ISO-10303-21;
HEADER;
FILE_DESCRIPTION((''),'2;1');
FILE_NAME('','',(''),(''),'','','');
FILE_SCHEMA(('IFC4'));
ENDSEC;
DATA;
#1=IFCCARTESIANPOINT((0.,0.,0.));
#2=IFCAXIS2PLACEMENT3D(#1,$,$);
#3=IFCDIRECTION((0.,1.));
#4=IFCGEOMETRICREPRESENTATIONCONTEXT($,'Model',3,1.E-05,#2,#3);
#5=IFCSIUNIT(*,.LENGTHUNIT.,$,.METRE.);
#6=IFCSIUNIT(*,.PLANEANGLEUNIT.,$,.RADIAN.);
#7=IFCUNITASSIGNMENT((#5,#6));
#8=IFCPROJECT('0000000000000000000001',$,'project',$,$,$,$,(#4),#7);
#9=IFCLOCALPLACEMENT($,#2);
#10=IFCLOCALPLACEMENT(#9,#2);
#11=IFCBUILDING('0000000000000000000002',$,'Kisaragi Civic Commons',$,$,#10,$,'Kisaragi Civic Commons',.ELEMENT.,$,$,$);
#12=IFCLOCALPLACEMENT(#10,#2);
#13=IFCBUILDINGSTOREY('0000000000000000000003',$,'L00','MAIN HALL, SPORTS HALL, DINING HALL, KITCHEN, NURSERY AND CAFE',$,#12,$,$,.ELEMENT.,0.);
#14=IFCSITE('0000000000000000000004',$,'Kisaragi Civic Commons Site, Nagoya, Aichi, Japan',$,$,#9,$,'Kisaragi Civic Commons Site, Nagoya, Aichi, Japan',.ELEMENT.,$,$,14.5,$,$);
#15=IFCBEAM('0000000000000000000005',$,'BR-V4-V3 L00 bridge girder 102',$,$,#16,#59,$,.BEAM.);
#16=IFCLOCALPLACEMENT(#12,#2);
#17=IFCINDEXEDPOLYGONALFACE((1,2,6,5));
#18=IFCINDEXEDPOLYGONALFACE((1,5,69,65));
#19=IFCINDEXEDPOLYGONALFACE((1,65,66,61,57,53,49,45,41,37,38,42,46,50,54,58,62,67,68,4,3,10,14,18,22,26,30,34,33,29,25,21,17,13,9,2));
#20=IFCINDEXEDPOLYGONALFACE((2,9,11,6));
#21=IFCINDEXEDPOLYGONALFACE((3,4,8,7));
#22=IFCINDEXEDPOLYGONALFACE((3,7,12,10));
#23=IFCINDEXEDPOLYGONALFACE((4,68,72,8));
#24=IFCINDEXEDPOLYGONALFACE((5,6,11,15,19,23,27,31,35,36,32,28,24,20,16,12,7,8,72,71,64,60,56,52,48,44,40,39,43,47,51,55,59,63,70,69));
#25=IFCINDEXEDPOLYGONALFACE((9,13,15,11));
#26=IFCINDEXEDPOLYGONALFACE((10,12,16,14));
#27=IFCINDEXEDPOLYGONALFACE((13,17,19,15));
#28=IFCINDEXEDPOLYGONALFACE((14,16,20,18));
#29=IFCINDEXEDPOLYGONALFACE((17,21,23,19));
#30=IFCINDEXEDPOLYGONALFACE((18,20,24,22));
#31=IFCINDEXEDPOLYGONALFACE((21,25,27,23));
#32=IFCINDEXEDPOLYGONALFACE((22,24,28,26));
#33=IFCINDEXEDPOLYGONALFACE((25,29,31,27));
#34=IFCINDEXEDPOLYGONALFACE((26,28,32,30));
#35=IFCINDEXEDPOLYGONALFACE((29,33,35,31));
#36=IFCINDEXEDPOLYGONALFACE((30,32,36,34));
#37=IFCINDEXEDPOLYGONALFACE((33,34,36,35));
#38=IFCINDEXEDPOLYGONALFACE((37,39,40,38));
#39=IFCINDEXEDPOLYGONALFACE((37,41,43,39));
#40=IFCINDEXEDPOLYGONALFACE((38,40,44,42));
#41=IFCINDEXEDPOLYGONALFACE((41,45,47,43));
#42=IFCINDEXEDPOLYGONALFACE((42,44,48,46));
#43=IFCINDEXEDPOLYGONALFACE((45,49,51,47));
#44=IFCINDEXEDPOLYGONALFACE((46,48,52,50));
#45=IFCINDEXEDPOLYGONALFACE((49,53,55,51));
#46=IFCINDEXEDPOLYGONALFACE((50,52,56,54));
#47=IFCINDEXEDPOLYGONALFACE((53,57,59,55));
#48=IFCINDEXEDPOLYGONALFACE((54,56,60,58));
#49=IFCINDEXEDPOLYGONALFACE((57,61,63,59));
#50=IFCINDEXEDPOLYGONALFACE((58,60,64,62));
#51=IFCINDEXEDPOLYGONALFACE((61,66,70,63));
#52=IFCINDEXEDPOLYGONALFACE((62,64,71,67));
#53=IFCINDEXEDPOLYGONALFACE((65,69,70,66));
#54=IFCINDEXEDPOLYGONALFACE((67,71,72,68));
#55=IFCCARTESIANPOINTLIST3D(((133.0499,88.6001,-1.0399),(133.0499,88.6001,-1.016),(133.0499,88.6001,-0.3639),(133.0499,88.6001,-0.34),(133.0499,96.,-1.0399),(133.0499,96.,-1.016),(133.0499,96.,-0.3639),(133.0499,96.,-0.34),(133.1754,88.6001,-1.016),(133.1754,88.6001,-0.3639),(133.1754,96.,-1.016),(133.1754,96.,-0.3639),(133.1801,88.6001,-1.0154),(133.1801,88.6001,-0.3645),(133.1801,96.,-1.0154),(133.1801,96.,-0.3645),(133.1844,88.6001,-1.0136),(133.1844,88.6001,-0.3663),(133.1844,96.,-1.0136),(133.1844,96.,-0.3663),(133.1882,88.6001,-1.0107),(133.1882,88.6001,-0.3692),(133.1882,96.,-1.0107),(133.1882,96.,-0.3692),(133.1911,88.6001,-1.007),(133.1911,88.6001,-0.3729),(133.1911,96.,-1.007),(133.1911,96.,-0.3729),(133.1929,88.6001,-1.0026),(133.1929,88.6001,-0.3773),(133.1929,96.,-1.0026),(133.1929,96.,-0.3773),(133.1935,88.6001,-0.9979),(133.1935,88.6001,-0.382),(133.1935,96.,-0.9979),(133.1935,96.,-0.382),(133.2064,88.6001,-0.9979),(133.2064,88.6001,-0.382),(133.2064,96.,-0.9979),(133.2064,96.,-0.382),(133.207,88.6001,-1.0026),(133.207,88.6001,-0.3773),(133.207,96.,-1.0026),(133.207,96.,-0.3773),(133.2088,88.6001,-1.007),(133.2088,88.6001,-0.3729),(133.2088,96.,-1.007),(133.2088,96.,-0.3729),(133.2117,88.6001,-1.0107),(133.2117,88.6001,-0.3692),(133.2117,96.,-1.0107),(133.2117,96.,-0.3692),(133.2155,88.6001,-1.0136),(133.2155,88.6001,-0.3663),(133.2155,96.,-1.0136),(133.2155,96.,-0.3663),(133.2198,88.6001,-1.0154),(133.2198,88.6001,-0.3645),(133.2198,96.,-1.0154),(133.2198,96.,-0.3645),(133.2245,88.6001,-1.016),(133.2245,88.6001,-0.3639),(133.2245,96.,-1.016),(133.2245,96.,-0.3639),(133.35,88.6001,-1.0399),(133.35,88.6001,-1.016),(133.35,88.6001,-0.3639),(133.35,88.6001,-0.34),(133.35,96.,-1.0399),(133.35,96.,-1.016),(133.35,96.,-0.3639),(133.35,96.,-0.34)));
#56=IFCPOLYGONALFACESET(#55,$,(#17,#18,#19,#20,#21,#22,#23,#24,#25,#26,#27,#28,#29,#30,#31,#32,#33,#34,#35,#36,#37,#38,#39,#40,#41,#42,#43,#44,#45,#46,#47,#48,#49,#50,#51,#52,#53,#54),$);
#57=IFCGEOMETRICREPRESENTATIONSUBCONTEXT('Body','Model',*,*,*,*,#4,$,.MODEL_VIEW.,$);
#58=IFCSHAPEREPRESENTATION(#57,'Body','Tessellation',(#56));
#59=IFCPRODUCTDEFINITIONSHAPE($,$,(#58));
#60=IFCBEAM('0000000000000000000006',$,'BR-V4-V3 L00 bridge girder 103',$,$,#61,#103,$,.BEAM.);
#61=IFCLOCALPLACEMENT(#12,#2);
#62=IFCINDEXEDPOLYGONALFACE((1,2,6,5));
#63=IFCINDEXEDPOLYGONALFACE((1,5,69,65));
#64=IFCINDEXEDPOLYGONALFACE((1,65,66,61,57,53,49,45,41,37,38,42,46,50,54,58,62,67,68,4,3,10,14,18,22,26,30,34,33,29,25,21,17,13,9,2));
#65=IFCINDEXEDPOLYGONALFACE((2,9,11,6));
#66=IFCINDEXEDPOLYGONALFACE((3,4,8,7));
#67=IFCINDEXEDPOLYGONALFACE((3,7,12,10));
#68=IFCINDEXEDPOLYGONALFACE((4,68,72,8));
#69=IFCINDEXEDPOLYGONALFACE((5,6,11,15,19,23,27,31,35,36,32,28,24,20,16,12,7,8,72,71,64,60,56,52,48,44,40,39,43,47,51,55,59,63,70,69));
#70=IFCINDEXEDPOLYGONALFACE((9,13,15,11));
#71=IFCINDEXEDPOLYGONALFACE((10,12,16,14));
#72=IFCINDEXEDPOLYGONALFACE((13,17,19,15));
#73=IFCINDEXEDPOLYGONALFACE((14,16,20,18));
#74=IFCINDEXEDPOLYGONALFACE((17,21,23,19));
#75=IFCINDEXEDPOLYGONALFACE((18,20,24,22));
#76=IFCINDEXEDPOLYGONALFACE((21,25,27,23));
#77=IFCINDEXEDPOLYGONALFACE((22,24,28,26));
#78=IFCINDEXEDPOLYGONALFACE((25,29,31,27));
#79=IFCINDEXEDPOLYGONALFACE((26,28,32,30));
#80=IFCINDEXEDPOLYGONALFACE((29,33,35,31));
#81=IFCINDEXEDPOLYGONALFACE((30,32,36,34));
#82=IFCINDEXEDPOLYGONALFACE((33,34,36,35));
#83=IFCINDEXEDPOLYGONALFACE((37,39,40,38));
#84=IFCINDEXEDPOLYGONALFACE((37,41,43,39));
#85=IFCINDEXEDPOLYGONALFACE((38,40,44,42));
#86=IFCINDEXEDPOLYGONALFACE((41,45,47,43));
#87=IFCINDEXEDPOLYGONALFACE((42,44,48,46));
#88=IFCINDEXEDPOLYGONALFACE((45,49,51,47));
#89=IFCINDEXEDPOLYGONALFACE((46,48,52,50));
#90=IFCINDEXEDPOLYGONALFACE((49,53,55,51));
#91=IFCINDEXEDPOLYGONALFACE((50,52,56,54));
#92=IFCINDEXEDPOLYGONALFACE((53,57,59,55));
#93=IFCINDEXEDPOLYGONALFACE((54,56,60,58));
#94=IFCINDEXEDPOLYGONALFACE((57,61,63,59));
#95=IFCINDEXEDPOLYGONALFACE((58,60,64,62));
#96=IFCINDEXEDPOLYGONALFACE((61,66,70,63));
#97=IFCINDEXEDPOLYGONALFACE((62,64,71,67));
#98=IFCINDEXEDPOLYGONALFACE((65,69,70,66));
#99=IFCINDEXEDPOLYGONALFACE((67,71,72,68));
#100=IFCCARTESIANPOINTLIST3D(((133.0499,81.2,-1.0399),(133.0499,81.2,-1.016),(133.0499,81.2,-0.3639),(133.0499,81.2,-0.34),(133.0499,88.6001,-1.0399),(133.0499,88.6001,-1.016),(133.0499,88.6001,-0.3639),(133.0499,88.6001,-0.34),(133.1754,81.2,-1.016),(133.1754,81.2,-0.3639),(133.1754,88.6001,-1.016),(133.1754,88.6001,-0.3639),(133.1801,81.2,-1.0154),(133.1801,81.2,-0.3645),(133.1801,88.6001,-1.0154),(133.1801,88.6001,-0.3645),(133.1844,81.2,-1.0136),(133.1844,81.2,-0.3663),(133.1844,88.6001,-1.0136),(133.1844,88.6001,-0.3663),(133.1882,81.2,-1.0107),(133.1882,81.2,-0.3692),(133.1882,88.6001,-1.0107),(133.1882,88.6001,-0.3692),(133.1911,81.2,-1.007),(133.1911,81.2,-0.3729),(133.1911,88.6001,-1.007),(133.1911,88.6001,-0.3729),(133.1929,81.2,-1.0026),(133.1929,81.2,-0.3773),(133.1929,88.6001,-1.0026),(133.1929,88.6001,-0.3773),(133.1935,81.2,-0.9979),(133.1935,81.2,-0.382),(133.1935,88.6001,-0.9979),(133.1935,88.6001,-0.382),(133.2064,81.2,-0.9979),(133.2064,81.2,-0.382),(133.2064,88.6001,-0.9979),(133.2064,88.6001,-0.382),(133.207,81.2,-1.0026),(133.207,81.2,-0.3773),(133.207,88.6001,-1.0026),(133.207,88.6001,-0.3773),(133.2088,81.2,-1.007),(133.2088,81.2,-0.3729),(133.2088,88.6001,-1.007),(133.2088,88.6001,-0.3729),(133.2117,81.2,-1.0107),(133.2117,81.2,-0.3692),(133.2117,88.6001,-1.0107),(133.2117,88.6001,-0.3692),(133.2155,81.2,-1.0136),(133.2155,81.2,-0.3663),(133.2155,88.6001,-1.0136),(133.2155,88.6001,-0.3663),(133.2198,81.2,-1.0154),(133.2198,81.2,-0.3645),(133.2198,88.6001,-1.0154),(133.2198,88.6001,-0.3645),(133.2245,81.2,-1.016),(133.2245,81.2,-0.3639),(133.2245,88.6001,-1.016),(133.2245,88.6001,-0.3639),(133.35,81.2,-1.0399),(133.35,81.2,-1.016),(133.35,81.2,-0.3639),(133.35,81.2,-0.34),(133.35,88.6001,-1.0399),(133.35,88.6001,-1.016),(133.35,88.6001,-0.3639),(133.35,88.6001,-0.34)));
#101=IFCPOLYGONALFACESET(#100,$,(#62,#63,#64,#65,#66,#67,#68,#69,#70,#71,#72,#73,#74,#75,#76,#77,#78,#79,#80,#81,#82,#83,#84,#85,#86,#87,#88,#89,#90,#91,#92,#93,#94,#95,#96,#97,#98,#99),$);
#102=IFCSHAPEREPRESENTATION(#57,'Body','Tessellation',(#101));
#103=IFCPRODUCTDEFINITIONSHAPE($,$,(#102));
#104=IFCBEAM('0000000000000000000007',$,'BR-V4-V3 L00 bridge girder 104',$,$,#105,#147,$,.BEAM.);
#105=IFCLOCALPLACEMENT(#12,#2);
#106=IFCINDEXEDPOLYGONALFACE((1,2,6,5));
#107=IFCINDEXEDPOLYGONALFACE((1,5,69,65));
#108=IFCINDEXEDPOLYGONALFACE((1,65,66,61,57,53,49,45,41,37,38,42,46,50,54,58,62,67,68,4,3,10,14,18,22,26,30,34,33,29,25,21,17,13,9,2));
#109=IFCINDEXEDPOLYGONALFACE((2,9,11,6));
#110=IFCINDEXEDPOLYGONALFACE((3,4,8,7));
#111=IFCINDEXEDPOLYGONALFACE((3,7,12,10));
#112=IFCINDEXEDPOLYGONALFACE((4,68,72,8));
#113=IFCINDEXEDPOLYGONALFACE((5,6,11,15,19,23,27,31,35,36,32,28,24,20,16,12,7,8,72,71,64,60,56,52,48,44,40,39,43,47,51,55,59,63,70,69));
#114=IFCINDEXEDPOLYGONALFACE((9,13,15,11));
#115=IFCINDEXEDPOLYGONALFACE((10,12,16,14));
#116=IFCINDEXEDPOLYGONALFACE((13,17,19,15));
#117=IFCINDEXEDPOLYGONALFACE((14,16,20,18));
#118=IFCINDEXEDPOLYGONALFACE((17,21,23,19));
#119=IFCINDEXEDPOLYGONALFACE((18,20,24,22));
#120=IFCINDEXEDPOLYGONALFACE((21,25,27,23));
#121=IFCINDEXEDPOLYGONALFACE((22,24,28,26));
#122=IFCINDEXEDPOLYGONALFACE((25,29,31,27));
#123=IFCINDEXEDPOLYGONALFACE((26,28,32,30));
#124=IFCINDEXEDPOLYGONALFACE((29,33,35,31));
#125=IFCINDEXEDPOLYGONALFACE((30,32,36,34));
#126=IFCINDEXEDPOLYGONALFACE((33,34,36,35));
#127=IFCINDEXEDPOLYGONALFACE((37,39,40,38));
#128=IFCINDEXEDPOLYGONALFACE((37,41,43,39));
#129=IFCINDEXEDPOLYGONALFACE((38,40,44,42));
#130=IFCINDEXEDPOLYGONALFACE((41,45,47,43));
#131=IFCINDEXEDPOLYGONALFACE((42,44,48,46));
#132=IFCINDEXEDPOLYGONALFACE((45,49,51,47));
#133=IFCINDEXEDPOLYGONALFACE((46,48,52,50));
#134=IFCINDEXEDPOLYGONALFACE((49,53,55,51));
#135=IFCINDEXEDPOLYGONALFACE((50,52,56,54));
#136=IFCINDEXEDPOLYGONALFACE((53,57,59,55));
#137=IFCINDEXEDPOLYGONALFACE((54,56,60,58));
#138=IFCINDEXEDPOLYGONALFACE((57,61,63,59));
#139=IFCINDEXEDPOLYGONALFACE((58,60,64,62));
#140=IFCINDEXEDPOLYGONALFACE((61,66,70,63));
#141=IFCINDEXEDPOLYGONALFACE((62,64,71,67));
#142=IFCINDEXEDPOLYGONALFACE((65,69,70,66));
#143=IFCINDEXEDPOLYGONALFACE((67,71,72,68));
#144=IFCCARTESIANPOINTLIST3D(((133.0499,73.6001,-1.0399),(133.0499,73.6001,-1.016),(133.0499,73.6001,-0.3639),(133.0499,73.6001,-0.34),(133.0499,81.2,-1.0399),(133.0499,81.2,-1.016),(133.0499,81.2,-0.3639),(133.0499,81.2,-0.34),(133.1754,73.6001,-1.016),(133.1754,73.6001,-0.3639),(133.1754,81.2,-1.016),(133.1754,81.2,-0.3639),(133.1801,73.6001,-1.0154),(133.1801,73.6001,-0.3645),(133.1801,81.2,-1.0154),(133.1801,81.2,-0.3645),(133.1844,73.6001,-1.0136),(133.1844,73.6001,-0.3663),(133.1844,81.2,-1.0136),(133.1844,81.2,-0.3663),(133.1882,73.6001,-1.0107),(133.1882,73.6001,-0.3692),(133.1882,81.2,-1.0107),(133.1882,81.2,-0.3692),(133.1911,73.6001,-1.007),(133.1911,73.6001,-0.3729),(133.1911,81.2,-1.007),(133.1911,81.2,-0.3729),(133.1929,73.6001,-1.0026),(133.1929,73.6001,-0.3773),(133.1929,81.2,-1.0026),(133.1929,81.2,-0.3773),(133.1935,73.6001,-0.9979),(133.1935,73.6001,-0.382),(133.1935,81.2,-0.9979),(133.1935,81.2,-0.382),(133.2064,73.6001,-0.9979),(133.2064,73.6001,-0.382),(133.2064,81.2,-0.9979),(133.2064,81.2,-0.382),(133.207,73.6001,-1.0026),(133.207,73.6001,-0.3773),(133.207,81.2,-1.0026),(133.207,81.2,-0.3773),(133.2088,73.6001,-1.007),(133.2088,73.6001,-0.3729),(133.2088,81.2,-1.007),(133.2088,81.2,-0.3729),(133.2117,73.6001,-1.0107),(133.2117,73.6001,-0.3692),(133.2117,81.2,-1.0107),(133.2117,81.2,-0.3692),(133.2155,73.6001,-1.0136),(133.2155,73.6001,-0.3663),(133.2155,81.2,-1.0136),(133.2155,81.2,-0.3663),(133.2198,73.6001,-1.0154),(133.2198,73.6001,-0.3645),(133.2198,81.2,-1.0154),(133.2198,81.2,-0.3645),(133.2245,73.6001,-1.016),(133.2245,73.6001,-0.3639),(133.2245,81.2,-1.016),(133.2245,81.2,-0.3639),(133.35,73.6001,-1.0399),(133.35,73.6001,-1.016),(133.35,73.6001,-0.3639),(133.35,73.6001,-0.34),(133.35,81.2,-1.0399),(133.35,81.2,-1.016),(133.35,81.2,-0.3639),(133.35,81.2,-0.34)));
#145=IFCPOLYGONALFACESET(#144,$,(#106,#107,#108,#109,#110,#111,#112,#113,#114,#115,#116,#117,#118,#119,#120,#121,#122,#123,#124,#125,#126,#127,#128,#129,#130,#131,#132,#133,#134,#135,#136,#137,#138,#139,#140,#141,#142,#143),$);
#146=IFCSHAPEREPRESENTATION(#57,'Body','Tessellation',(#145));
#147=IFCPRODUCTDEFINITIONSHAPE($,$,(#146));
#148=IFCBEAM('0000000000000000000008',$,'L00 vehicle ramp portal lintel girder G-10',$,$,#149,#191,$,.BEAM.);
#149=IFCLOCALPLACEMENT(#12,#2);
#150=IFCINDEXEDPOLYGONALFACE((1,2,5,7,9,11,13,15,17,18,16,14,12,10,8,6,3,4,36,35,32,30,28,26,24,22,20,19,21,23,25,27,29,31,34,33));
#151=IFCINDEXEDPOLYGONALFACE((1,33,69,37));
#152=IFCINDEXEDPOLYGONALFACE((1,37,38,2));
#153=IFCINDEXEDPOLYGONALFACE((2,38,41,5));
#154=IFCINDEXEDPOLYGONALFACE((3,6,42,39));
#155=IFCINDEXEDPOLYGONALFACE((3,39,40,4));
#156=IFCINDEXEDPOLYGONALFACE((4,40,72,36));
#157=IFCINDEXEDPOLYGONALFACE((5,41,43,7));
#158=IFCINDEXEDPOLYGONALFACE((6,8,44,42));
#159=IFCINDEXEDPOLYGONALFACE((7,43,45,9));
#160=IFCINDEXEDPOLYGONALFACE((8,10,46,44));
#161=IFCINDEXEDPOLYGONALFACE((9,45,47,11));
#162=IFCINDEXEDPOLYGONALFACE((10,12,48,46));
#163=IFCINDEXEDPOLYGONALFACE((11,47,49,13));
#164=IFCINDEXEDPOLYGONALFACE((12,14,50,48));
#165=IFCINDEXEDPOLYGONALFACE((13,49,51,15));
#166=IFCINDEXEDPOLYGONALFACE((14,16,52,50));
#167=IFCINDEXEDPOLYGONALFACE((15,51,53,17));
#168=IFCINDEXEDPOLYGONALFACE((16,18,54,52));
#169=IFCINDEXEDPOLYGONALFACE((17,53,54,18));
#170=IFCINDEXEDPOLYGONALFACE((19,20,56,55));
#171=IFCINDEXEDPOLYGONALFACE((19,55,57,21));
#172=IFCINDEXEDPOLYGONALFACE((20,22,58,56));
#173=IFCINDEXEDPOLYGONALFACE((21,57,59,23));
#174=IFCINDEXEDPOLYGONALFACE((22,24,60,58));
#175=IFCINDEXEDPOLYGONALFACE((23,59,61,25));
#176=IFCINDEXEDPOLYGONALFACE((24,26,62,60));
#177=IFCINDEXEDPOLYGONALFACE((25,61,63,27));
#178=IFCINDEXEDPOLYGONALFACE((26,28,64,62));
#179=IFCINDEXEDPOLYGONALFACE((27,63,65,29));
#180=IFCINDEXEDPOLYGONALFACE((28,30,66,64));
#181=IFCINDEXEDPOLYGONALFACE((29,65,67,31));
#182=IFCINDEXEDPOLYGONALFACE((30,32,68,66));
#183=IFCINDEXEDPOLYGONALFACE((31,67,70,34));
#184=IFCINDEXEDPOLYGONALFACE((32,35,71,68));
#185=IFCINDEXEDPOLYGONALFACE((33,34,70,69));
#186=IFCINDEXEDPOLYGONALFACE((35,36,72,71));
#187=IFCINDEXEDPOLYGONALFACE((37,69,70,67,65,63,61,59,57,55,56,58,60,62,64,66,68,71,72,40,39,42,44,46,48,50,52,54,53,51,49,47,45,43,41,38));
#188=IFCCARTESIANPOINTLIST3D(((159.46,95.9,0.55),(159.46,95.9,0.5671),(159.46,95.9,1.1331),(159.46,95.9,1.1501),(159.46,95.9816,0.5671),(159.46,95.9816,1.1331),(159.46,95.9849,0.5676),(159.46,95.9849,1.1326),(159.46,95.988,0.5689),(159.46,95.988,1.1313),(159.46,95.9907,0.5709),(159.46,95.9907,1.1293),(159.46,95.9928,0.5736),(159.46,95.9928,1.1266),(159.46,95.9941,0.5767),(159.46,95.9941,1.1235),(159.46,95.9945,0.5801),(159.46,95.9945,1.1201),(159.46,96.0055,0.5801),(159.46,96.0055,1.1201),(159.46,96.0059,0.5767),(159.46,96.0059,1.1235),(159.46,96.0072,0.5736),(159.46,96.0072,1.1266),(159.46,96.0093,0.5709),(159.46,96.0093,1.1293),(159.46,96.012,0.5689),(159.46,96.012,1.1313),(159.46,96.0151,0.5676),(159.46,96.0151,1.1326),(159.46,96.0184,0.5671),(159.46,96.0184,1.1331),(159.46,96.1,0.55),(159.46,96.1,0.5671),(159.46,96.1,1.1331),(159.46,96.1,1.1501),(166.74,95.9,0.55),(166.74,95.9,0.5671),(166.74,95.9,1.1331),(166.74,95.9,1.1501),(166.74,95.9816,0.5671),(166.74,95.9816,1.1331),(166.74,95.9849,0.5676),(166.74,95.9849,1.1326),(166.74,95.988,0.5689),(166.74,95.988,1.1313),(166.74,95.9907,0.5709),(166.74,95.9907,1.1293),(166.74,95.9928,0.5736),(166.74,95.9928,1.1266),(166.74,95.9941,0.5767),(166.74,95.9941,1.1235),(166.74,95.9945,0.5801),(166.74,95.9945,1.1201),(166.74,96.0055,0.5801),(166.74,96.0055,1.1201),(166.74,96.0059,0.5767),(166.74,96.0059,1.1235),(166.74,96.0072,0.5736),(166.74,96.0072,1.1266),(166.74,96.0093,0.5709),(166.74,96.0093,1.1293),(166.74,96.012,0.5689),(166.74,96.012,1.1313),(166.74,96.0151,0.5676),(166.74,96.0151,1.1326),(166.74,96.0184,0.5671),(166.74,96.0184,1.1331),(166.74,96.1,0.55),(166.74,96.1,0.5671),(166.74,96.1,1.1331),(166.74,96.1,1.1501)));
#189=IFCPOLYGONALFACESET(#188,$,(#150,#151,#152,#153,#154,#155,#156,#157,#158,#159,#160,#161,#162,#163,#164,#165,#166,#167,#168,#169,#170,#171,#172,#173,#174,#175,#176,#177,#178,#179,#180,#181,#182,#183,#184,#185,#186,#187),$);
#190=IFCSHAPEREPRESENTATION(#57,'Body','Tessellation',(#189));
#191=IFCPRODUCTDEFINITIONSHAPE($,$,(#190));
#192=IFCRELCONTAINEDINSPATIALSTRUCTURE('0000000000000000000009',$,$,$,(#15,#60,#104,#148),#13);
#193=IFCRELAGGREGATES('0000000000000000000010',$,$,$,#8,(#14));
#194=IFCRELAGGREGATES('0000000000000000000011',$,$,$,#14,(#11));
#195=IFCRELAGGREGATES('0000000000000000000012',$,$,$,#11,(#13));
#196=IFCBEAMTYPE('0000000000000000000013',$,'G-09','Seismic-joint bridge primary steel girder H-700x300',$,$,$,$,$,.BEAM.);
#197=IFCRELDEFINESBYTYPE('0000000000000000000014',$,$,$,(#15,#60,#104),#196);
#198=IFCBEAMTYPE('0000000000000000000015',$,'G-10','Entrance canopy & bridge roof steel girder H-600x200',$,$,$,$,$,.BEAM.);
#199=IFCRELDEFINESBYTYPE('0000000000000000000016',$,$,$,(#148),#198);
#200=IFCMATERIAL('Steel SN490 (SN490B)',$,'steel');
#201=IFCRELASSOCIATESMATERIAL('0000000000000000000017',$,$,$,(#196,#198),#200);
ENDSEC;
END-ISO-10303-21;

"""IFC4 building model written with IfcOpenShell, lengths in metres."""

from ifc_helpers import new_model, si_unit, direction, frame, origin, origin_2d, place, context, subcontext, project, spatial, i_section, extrude, material, material_profile, profile_set, type_object, element, save


model = new_model("IFC4")

# Units and contexts
model_context = context("Model", 3, precision=1e-05, world=origin(), true_north=direction((0.0, 1.0)))
body_context = subcontext(model_context, "Body", "Model", "MODEL_VIEW")
ifc_project = project(units=[si_unit("LENGTHUNIT", "METRE"), si_unit("PLANEANGLEUNIT", "RADIAN")], contexts=[model_context])

# Site, building, storey
site_placement = place(None, origin())
site = spatial("IfcSite", under=ifc_project, at=site_placement, Name="Kisaragi Civic Commons Site, Nagoya, Aichi, Japan", LongName="Kisaragi Civic Commons Site, Nagoya, Aichi, Japan", CompositionType="ELEMENT", RefElevation=14.5)
building_placement = place(site_placement, origin())
building = spatial("IfcBuilding", under=site, at=building_placement, Name="Kisaragi Civic Commons", LongName="Kisaragi Civic Commons", CompositionType="ELEMENT")
storey_placement = place(building_placement, origin())
storey = spatial("IfcBuildingStorey", under=building, at=storey_placement, Name="L00", Description="MAIN HALL, SPORTS HALL, DINING HALL, KITCHEN, NURSERY AND CAFE", CompositionType="ELEMENT", Elevation=0.0)

# Beams
ifc_material_1 = material(Name="Steel SN490 (SN490B)", Category="steel")
ifc_material_profile_1 = material_profile(ifc_material_1, i_section(OverallWidth=0.3, OverallDepth=0.7, WebThickness=0.0129, FlangeThickness=0.0239, FilletRadius=0.0181, at=origin_2d()), Name="H-700x300x13x24", Category="steel")
ifc_profile_set_1 = profile_set([ifc_material_profile_1], Name="Steel SN490 (SN490B)")
beam_type_1 = type_object("IfcBeamType", Name="G-09", Description="Seismic-joint bridge primary steel girder H-700x300", PredefinedType="BEAM", material=ifc_profile_set_1)
beam_1_placement = place(storey_placement, frame((133.2, 96.0, -0.6899), z_axis=(0.0, -1.0, 0.0), x_axis=(1.0, 0.0, 0.0)))
element("IfcBeam", 1, at=beam_1_placement, inside=storey, type_object=beam_type_1, Name="BR-V4-V3 L00 bridge girder 102", PredefinedType="BEAM", context=body_context, shape_type="SweptSolid", body=[
    extrude(i_section(OverallWidth=0.3, OverallDepth=0.7, WebThickness=0.0129, FlangeThickness=0.0239, FilletRadius=0.0181, at=origin_2d()), origin(), (0.0, 0.0, 1.0), 7.3999),
])
beam_2_placement = place(storey_placement, frame((133.2, 88.6001, -0.6899), z_axis=(0.0, -1.0, 0.0), x_axis=(1.0, 0.0, 0.0)))
element("IfcBeam", 2, at=beam_2_placement, inside=storey, type_object=beam_type_1, Name="BR-V4-V3 L00 bridge girder 103", PredefinedType="BEAM", context=body_context, shape_type="SweptSolid", body=[
    extrude(i_section(OverallWidth=0.3, OverallDepth=0.7, WebThickness=0.0129, FlangeThickness=0.0239, FilletRadius=0.0181, at=origin_2d()), origin(), (0.0, 0.0, 1.0), 7.4001),
])
beam_3_placement = place(storey_placement, frame((133.2, 81.2, -0.6899), z_axis=(0.0, -1.0, 0.0), x_axis=(1.0, 0.0, 0.0)))
element("IfcBeam", 3, at=beam_3_placement, inside=storey, type_object=beam_type_1, Name="BR-V4-V3 L00 bridge girder 104", PredefinedType="BEAM", context=body_context, shape_type="SweptSolid", body=[
    extrude(i_section(OverallWidth=0.3, OverallDepth=0.7, WebThickness=0.0129, FlangeThickness=0.0239, FilletRadius=0.0181, at=origin_2d()), origin(), (0.0, 0.0, 1.0), 7.5999),
])
ifc_material_profile_2 = material_profile(ifc_material_1, i_section(OverallWidth=0.2, OverallDepth=0.6001, WebThickness=0.011, FlangeThickness=0.0171, FilletRadius=0.0129, at=origin_2d()), Name="H-600x200x11x17", Category="steel")
ifc_profile_set_2 = profile_set([ifc_material_profile_2], Name="Steel SN490 (SN490B)")
beam_type_2 = type_object("IfcBeamType", Name="G-10", Description="Entrance canopy & bridge roof steel girder H-600x200", PredefinedType="BEAM", material=ifc_profile_set_2)
beam_4_placement = place(storey_placement, frame((159.46, 96.0, 0.8501), z_axis=(1.0, 0.0, 0.0), x_axis=(0.0, 1.0, 0.0)))
element("IfcBeam", 4, at=beam_4_placement, inside=storey, type_object=beam_type_2, Name="L00 vehicle ramp portal lintel girder G-10", PredefinedType="BEAM", context=body_context, shape_type="SweptSolid", body=[
    extrude(i_section(OverallWidth=0.2, OverallDepth=0.6001, WebThickness=0.011, FlangeThickness=0.0171, FilletRadius=0.0129, at=origin_2d()), origin(), (0.0, 0.0, 1.0), 7.28),
])

save(model, "model.ifc")
